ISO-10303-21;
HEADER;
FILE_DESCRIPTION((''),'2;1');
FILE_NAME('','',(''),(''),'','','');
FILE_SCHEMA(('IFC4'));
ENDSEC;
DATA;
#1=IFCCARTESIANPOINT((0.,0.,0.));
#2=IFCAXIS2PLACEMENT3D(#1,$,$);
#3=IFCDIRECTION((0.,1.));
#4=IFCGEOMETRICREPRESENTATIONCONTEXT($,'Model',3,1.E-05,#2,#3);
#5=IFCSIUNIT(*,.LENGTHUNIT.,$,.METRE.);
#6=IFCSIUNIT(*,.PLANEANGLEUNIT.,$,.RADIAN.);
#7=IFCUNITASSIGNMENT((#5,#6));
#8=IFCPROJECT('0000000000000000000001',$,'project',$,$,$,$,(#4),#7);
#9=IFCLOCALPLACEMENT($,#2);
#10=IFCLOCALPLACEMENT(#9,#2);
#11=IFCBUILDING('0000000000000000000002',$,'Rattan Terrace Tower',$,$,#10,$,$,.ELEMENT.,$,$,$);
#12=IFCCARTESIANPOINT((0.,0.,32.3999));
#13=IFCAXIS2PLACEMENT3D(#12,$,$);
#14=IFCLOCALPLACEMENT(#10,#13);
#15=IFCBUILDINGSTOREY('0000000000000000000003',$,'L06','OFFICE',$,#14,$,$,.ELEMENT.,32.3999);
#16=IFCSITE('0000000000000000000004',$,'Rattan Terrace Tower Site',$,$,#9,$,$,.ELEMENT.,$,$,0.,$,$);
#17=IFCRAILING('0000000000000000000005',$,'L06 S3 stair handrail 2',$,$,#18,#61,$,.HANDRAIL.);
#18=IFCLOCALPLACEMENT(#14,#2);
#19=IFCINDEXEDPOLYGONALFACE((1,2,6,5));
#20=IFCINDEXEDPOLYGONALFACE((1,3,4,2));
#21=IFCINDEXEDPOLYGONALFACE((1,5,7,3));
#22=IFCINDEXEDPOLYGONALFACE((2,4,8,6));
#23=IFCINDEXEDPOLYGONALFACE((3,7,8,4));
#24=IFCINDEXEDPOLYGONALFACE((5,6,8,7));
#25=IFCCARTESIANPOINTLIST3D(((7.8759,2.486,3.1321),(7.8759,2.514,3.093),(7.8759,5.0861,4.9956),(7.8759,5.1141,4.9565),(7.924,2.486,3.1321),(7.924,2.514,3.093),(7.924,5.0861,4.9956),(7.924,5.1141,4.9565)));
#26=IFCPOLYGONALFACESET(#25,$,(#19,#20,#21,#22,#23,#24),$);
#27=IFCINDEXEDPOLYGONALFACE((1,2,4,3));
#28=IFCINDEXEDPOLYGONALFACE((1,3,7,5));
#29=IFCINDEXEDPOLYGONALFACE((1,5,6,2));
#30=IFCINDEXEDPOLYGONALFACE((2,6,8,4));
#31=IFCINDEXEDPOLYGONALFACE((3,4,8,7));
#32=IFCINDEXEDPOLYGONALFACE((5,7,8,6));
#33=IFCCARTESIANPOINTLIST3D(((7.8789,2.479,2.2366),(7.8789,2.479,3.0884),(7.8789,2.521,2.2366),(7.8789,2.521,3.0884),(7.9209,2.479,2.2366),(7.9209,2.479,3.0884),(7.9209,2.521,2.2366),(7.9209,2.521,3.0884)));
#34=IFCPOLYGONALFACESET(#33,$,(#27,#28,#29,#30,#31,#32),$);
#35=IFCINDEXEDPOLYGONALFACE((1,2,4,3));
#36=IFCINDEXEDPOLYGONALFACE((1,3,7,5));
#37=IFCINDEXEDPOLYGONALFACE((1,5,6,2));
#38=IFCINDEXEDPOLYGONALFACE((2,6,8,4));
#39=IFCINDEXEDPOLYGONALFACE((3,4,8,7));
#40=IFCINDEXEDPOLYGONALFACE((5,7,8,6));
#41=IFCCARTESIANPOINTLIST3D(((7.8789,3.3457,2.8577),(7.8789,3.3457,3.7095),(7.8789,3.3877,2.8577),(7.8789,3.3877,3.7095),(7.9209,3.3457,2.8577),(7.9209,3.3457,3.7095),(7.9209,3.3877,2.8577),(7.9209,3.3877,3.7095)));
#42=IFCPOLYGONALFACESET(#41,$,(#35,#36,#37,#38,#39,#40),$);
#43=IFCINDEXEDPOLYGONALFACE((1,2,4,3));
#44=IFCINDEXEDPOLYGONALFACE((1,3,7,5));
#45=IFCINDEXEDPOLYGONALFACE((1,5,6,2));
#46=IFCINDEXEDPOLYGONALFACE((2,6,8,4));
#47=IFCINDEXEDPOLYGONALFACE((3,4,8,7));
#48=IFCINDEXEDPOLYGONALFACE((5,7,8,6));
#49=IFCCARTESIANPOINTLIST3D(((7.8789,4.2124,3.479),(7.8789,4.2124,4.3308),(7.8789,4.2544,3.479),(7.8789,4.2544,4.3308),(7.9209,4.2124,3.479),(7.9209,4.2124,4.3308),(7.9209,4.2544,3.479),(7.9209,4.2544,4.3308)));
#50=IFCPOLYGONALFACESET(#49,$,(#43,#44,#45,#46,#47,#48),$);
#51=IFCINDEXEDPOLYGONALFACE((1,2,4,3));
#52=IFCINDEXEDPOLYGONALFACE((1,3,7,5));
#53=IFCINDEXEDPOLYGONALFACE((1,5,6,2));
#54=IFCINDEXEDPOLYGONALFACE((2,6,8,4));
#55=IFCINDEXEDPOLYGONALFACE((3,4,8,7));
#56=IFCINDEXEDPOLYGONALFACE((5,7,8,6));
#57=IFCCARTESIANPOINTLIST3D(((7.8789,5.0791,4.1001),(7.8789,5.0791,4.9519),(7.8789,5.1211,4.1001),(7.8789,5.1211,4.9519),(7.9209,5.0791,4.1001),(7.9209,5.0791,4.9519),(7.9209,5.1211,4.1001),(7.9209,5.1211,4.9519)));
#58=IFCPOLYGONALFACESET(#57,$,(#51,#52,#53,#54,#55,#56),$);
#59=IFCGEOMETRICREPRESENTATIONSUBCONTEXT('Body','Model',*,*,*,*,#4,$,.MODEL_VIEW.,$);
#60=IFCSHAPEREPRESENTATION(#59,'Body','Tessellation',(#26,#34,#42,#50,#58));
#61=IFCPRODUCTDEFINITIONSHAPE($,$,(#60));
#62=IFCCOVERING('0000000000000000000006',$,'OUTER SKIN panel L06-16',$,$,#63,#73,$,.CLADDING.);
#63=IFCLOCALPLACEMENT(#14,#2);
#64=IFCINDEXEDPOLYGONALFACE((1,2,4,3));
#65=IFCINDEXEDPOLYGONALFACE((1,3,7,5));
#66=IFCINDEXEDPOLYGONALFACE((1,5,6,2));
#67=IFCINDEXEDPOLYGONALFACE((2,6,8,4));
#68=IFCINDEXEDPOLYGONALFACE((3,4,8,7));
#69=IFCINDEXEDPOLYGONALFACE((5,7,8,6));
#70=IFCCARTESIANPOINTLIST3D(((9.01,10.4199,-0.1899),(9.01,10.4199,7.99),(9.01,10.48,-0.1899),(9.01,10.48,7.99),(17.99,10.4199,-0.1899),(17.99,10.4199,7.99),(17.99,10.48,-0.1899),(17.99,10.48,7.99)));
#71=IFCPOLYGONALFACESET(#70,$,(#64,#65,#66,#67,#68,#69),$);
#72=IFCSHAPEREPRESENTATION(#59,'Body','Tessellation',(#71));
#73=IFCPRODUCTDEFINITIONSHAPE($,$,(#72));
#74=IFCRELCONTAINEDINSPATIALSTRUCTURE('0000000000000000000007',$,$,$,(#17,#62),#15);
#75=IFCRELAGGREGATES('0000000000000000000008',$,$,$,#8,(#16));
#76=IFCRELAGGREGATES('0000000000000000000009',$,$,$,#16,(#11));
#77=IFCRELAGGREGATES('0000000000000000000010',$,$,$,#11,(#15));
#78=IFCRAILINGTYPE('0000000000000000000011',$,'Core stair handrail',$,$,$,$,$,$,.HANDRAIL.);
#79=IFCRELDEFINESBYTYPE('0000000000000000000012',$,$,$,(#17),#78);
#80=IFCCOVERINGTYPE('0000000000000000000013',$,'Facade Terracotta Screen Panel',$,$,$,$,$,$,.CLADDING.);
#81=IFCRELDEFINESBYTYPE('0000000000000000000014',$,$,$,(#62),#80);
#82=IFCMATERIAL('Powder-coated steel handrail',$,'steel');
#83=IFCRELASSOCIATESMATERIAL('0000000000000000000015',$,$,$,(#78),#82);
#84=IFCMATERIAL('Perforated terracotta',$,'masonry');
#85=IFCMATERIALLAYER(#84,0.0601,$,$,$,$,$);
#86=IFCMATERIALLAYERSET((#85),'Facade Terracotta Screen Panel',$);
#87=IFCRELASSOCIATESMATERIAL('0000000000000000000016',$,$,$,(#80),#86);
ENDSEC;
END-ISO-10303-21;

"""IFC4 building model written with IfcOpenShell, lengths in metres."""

from ifc_helpers import new_model, si_unit, direction, frame, origin, origin_2d, place, context, subcontext, project, spatial, rectangle, extrude, material, layer, layer_set, type_object, element, save


model = new_model("IFC4")

# Units and contexts
model_context = context("Model", 3, precision=1e-05, world=origin(), true_north=direction((0.0, 1.0)))
body_context = subcontext(model_context, "Body", "Model", "MODEL_VIEW")
ifc_project = project(units=[si_unit("LENGTHUNIT", "METRE"), si_unit("PLANEANGLEUNIT", "RADIAN")], contexts=[model_context])

# Site, building, storey
site_placement = place(None, origin())
site = spatial("IfcSite", under=ifc_project, at=site_placement, Name="Rattan Terrace Tower Site", CompositionType="ELEMENT", RefElevation=0.0)
building_placement = place(site_placement, origin())
building = spatial("IfcBuilding", under=site, at=building_placement, Name="Rattan Terrace Tower", CompositionType="ELEMENT")
storey_placement = place(building_placement, frame((0.0, 0.0, 32.3999)))
storey = spatial("IfcBuildingStorey", under=building, at=storey_placement, Name="L06", Description="OFFICE", CompositionType="ELEMENT", Elevation=32.3999)

# Railing
ifc_material_1 = material(Name="Powder-coated steel handrail", Category="steel")
railing_type_1 = type_object("IfcRailingType", Name="Core stair handrail", PredefinedType="HANDRAIL", material=ifc_material_1)
railing_1_placement = place(storey_placement, frame((7.8999, 2.5, 2.2366)))
element("IfcRailing", 1, at=railing_1_placement, inside=storey, type_object=railing_type_1, Name="L06 S3 stair handrail 2", PredefinedType="HANDRAIL", context=body_context, shape_type="SweptSolid", body=[
    extrude(rectangle(XDim=0.0481, YDim=0.0481, at=origin_2d()), frame((0.0, 0.0, 0.876), z_axis=(0.0, 0.812799, 0.582544), x_axis=(-1.0, 0.0, 0.0)), (0.0, 0.0, 1.0), 3.199),
    extrude(rectangle(XDim=0.042, YDim=0.042, at=origin_2d()), origin(), (0.0, 0.0, 1.0), 0.8518),
    extrude(rectangle(XDim=0.042, YDim=0.042, at=origin_2d()), frame((0.0, 0.8667, 0.6211)), (0.0, 0.0, 1.0), 0.8518),
    extrude(rectangle(XDim=0.042, YDim=0.042, at=origin_2d()), frame((0.0, 1.7334, 1.2424)), (0.0, 0.0, 1.0), 0.8518),
    extrude(rectangle(XDim=0.042, YDim=0.042, at=origin_2d()), frame((0.0, 2.6001, 1.8635)), (0.0, 0.0, 1.0), 0.8518),
])

# Covering
ifc_material_2 = material(Name="Perforated terracotta", Category="masonry")
ifc_layer_1 = layer(ifc_material_2, 0.0601)
ifc_layer_set_1 = layer_set([ifc_layer_1], Name="Facade Terracotta Screen Panel")
covering_type = type_object("IfcCoveringType", Name="Facade Terracotta Screen Panel", PredefinedType="CLADDING", material=ifc_layer_set_1)
covering_placement = place(storey_placement, frame((13.5, 10.45, -0.1899), z_axis=(0.0, 0.0, 1.0), x_axis=(-1.0, 0.0, 0.0)))
element("IfcCovering", 2, at=covering_placement, inside=storey, type_object=covering_type, Name="OUTER SKIN panel L06-16", PredefinedType="CLADDING", context=body_context, shape_type="SweptSolid", body=[
    extrude(rectangle(XDim=8.98, YDim=0.0601, at=origin_2d()), origin(), (0.0, 0.0, 1.0), 8.1799),
])

save(model, "model.ifc")
